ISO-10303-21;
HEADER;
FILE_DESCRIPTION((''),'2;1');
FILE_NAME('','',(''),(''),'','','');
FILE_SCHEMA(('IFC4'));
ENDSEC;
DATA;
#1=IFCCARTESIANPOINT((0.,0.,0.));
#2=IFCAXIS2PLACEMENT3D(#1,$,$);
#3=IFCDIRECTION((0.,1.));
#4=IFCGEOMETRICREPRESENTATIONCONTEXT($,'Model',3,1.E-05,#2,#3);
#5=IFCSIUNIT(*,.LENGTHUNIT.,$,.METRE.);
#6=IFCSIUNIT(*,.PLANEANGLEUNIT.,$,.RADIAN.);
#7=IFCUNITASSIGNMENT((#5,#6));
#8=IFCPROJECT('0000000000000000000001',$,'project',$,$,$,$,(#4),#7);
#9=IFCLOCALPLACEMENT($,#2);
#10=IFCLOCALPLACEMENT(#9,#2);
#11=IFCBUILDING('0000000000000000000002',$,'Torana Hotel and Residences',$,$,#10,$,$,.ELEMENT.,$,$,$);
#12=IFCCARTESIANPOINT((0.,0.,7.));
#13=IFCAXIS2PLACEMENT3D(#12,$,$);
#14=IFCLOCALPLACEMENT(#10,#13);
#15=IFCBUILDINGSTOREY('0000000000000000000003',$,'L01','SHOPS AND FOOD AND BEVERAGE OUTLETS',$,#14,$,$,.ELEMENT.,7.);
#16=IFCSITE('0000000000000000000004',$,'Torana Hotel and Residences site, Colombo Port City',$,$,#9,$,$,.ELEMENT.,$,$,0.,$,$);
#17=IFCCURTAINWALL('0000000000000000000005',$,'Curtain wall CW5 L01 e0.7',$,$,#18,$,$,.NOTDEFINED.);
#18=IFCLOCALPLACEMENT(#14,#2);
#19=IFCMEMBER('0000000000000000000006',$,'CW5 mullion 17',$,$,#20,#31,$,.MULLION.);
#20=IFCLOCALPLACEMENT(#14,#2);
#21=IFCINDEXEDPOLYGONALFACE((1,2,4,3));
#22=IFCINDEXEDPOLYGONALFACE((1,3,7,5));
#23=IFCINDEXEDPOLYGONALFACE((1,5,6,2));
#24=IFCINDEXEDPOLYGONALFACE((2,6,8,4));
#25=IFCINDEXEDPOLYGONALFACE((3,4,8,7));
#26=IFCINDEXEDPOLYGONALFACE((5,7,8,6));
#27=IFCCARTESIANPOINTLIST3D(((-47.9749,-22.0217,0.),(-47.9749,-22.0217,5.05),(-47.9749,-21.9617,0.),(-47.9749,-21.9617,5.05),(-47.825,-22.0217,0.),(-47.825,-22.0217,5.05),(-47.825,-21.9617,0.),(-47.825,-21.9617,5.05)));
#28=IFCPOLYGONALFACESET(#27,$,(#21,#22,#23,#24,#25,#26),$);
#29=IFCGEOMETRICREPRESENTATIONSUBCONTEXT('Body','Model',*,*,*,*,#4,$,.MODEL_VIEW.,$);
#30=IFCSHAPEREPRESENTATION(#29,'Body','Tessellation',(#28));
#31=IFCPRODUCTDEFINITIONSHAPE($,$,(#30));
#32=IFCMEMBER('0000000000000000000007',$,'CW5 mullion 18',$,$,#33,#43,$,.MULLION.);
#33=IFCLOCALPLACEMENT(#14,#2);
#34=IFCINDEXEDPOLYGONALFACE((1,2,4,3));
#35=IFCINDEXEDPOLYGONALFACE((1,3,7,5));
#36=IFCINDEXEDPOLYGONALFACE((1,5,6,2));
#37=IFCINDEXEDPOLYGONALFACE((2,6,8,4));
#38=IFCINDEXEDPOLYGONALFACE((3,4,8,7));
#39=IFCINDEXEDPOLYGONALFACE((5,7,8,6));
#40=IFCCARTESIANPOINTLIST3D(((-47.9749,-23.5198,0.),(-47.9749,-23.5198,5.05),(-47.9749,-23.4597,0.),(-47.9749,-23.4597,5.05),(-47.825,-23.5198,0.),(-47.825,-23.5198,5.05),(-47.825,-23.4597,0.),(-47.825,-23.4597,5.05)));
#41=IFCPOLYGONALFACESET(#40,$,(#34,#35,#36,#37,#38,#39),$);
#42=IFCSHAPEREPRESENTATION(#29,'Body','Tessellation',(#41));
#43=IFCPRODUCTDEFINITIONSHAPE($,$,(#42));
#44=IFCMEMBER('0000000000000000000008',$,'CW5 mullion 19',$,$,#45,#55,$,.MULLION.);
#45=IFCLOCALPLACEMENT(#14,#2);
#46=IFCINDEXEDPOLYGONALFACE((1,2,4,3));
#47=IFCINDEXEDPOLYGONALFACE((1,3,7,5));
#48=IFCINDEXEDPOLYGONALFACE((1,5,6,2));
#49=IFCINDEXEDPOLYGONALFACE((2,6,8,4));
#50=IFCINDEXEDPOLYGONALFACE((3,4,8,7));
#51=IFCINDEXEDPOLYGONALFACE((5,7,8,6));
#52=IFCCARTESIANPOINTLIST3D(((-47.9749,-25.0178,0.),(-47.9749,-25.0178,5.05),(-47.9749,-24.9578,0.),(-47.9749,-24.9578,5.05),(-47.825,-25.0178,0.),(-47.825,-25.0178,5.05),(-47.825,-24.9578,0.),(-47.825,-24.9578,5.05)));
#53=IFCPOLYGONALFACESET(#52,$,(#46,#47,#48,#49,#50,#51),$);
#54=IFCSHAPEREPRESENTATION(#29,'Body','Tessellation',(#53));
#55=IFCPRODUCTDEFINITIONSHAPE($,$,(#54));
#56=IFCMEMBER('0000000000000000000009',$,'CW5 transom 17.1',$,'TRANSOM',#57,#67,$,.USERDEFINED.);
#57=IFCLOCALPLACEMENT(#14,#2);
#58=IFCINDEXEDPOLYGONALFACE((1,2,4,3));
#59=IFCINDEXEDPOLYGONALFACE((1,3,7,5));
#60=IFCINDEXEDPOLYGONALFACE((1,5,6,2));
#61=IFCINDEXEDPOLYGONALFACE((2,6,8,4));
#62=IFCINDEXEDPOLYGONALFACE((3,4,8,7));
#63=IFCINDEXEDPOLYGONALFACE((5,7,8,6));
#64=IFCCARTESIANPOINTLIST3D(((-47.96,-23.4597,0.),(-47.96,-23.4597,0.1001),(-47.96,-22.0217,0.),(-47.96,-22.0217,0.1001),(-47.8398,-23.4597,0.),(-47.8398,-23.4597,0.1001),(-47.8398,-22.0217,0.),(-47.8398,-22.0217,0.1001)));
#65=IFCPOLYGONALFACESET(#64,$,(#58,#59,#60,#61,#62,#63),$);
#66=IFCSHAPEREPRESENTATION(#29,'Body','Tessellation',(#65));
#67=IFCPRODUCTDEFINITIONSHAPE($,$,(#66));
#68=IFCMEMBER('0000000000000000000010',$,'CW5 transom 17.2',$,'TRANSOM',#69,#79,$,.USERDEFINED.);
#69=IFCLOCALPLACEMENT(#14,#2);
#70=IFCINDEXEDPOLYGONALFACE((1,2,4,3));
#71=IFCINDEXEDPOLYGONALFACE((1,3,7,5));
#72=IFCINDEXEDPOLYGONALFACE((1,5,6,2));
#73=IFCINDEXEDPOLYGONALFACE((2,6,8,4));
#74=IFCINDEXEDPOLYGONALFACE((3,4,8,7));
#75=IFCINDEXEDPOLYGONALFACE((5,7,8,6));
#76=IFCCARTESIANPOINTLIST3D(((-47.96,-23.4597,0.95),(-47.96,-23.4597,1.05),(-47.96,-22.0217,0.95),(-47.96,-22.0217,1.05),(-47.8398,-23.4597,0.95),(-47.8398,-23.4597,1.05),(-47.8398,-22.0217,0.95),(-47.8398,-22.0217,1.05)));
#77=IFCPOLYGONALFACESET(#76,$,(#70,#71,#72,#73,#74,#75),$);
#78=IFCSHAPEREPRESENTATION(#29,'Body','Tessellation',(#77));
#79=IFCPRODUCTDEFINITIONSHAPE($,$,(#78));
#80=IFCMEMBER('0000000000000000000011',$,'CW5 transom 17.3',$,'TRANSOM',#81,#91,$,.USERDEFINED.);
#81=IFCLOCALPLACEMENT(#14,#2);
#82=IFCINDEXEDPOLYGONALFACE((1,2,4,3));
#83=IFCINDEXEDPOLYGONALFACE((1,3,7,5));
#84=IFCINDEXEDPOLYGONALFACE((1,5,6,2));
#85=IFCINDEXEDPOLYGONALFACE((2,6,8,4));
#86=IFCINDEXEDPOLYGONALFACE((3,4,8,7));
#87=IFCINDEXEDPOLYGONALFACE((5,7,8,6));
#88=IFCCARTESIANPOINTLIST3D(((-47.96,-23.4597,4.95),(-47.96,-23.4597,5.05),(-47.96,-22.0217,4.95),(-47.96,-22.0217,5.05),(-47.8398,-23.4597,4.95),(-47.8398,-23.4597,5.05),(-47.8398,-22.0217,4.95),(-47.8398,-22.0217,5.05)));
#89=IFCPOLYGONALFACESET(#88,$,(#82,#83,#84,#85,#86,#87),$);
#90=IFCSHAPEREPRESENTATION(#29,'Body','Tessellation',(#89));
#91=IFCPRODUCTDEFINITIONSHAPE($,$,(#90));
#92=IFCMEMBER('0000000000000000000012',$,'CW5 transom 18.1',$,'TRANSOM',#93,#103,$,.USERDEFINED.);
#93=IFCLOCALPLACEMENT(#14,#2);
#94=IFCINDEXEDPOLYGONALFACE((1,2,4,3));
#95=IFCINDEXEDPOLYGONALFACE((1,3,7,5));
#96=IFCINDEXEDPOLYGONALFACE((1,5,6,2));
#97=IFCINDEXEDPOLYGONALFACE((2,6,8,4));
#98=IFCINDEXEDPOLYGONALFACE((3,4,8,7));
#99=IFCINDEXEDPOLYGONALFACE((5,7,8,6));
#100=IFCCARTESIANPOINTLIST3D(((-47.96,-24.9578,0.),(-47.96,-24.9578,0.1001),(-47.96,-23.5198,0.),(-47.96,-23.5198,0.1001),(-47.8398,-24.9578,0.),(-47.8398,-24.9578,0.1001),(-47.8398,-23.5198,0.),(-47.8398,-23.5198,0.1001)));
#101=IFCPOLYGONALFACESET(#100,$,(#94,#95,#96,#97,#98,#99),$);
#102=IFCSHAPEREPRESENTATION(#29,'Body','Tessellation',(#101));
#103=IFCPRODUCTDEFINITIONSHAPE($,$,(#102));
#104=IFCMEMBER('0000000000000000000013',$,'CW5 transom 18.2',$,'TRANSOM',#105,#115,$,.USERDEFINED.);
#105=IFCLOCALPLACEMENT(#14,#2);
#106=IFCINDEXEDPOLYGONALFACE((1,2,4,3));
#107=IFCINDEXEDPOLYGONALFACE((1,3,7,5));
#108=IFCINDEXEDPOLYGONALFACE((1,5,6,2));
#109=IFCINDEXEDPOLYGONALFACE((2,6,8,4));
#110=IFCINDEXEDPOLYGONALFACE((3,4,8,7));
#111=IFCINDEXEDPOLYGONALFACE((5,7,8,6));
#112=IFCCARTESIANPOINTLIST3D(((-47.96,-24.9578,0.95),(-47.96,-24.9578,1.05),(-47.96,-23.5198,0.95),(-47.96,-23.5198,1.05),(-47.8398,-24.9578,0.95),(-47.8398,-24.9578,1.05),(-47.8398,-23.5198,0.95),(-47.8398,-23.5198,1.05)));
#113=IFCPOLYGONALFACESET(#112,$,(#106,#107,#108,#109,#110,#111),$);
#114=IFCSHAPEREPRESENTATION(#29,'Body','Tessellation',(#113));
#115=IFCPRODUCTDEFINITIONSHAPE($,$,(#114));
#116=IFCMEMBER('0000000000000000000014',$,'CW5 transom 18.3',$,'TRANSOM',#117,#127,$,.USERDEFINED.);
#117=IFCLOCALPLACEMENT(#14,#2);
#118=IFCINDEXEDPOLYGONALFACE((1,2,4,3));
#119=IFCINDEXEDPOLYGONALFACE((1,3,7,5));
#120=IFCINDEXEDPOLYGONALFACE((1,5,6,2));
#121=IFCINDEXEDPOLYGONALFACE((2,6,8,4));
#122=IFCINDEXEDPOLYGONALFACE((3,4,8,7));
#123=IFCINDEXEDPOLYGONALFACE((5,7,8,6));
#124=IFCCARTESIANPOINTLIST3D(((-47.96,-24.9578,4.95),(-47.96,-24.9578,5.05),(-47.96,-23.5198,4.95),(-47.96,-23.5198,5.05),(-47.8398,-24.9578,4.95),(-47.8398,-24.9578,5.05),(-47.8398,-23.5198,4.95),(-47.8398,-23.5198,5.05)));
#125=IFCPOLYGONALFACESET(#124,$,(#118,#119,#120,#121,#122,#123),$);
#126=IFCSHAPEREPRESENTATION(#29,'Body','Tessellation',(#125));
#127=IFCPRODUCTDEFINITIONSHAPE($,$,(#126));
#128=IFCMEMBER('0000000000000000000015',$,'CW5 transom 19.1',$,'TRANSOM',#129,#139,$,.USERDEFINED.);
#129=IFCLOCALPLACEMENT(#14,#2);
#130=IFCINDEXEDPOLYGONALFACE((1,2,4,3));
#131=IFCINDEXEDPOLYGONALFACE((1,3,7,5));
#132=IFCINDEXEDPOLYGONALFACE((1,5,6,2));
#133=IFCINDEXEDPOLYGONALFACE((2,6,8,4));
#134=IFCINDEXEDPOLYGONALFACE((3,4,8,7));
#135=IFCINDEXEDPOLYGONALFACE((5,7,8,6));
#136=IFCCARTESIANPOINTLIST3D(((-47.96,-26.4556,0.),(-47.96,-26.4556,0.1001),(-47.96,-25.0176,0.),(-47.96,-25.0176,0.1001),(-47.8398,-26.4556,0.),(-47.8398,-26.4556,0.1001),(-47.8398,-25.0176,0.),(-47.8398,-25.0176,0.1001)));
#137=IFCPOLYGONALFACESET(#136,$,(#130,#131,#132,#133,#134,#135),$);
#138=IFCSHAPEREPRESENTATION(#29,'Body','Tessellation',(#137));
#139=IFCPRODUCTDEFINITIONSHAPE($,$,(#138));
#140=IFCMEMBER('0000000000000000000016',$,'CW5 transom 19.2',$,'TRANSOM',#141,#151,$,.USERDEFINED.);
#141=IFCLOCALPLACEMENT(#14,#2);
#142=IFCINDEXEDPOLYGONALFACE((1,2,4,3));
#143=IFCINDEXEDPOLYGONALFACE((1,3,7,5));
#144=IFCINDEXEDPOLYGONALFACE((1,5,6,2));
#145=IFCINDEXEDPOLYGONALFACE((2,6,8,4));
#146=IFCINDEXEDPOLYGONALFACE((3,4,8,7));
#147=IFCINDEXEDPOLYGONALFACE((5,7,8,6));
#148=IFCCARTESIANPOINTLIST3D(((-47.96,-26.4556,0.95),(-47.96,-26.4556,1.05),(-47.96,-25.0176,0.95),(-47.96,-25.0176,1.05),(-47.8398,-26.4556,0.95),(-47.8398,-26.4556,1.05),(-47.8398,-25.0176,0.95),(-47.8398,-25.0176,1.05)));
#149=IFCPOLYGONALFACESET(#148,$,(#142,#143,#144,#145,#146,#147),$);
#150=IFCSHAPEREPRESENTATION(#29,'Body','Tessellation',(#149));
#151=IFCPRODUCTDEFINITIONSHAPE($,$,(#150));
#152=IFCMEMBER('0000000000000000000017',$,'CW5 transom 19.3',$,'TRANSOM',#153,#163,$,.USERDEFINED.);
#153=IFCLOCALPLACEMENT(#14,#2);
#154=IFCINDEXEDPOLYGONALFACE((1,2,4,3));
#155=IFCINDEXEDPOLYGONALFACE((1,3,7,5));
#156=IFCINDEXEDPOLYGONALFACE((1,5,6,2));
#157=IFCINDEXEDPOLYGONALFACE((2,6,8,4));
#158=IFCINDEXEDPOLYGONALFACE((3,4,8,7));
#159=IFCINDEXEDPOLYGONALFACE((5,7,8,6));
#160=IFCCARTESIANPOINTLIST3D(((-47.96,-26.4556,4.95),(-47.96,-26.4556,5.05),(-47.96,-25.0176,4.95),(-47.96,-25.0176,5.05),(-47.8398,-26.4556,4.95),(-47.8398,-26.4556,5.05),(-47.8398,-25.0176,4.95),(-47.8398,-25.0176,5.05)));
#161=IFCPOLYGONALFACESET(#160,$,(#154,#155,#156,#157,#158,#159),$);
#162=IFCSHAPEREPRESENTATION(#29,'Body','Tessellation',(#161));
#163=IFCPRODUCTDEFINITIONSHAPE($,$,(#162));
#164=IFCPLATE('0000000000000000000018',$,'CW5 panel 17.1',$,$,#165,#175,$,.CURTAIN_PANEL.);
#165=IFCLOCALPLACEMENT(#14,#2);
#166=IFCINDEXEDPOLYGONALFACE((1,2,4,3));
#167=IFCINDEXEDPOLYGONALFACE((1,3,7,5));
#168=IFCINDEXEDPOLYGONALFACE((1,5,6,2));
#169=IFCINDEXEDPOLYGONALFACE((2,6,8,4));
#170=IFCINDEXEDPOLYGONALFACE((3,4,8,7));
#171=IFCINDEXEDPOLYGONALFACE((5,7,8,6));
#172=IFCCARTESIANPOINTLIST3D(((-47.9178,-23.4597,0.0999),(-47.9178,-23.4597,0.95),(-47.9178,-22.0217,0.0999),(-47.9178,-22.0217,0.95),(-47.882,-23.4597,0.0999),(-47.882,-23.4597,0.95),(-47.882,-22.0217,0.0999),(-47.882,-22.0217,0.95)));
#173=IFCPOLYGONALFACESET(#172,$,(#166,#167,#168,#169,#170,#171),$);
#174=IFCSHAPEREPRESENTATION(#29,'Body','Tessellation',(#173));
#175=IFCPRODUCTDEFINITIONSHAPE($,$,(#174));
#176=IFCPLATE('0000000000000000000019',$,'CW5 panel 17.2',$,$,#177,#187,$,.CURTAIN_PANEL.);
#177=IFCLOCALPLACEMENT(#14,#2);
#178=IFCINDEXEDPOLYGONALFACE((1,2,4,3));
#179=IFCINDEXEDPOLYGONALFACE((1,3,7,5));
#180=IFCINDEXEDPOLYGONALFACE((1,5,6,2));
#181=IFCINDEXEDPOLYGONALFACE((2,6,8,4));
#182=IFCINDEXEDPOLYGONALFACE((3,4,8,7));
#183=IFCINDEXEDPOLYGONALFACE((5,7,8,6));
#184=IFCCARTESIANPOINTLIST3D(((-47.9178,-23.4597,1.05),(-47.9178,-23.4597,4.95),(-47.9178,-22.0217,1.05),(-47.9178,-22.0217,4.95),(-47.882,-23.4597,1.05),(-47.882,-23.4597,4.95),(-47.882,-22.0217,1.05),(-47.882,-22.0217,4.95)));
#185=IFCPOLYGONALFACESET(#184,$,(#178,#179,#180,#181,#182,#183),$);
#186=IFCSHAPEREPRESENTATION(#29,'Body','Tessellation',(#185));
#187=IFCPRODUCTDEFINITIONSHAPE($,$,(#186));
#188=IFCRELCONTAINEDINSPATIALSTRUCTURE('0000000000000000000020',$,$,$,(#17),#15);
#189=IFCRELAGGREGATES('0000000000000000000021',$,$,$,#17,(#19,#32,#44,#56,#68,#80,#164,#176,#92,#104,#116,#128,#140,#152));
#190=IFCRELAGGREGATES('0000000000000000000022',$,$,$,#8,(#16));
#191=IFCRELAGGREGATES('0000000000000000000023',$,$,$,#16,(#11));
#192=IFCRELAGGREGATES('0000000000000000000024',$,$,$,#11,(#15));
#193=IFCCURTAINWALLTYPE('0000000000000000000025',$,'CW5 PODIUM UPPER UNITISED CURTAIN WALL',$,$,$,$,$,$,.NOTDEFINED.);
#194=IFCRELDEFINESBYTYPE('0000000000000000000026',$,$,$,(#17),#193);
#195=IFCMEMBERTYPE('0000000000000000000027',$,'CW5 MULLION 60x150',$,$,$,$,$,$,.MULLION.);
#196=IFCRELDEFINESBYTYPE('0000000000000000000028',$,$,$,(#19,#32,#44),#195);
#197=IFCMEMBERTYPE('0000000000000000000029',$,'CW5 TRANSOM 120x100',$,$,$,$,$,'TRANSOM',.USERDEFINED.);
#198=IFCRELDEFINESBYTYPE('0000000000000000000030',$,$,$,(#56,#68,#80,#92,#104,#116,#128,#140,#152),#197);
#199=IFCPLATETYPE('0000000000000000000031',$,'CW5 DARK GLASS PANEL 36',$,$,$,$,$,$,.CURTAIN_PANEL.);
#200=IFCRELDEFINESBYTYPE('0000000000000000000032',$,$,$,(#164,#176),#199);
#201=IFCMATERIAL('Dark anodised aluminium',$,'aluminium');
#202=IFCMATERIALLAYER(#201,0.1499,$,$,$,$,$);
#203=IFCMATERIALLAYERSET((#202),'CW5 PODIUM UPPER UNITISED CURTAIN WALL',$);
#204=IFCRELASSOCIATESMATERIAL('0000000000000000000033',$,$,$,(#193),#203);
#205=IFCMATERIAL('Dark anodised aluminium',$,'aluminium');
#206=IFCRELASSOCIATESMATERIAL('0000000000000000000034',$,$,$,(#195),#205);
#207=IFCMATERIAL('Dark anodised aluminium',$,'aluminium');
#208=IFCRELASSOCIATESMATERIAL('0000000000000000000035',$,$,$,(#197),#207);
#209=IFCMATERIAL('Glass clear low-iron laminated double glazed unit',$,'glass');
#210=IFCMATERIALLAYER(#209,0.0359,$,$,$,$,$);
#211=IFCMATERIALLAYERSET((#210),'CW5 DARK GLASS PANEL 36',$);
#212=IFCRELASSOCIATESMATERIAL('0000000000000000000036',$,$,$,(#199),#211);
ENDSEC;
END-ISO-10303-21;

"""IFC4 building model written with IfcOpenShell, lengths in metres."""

from ifc_helpers import new_model, si_unit, direction, frame, origin, origin_2d, place, context, subcontext, project, spatial, rectangle, extrude, material, layer, layer_set, material_profile, profile_set, type_object, element, aggregate, save


model = new_model("IFC4")

# Units and contexts
model_context = context("Model", 3, precision=1e-05, world=origin(), true_north=direction((0.0, 1.0)))
body_context = subcontext(model_context, "Body", "Model", "MODEL_VIEW")
ifc_project = project(units=[si_unit("LENGTHUNIT", "METRE"), si_unit("PLANEANGLEUNIT", "RADIAN")], contexts=[model_context])

# Site, building, storey
site_placement = place(None, origin())
site = spatial("IfcSite", under=ifc_project, at=site_placement, Name="Torana Hotel and Residences site, Colombo Port City", CompositionType="ELEMENT", RefElevation=0.0)
building_placement = place(site_placement, origin())
building = spatial("IfcBuilding", under=site, at=building_placement, Name="Torana Hotel and Residences", CompositionType="ELEMENT")
storey_placement = place(building_placement, frame((0.0, 0.0, 7.0)))
storey = spatial("IfcBuildingStorey", under=building, at=storey_placement, Name="L01", Description="SHOPS AND FOOD AND BEVERAGE OUTLETS", CompositionType="ELEMENT", Elevation=7.0)

# Curtain wall, members, plates
ifc_material_1 = material(Name="Dark anodised aluminium", Category="aluminium")
ifc_layer_1 = layer(ifc_material_1, 0.1499)
ifc_layer_set_1 = layer_set([ifc_layer_1], Name="CW5 PODIUM UPPER UNITISED CURTAIN WALL")
curtain_wall_type = type_object("IfcCurtainWallType", Name="CW5 PODIUM UPPER UNITISED CURTAIN WALL", PredefinedType="NOTDEFINED", material=ifc_layer_set_1)
curtain_wall_placement = place(storey_placement, origin())
curtain_wall = element("IfcCurtainWall", 1, at=curtain_wall_placement, inside=storey, type_object=curtain_wall_type, Name="Curtain wall CW5 L01 e0.7", PredefinedType="NOTDEFINED")
ifc_material_2 = material(Name="Dark anodised aluminium", Category="aluminium")
ifc_material_profile_1 = material_profile(ifc_material_2, rectangle(XDim=0.1499, YDim=0.0601, at=origin_2d()), Name="CW5 MULLION 60x150")
ifc_profile_set_1 = profile_set([ifc_material_profile_1], Name="Dark anodised aluminium")
member_type_1 = type_object("IfcMemberType", Name="CW5 MULLION 60x150", PredefinedType="MULLION", material=ifc_profile_set_1)
member_1_placement = place(storey_placement, frame((-47.8999, -21.9917, 0.0), z_axis=(0.0, 0.0, 1.0), x_axis=(1.0, 0.0, 0.0)))
member_1 = element("IfcMember", 2, at=member_1_placement, type_object=member_type_1, Name="CW5 mullion 17", PredefinedType="MULLION", context=body_context, shape_type="SweptSolid", body=[
    extrude(rectangle(XDim=0.1499, YDim=0.0601, at=origin_2d()), origin(), (0.0, 0.0, 1.0), 5.05),
])
member_2_placement = place(storey_placement, frame((-47.8999, -23.4897, 0.0), z_axis=(0.0, 0.0, 1.0), x_axis=(1.0, 0.0, 0.0)))
member_2 = element("IfcMember", 3, at=member_2_placement, type_object=member_type_1, Name="CW5 mullion 18", PredefinedType="MULLION", context=body_context, shape_type="SweptSolid", body=[
    extrude(rectangle(XDim=0.1499, YDim=0.0601, at=origin_2d()), origin(), (0.0, 0.0, 1.0), 5.05),
])
member_3_placement = place(storey_placement, frame((-47.8999, -24.9878, 0.0), z_axis=(0.0, 0.0, 1.0), x_axis=(1.0, 0.0, 0.0)))
member_3 = element("IfcMember", 4, at=member_3_placement, type_object=member_type_1, Name="CW5 mullion 19", PredefinedType="MULLION", context=body_context, shape_type="SweptSolid", body=[
    extrude(rectangle(XDim=0.1499, YDim=0.0601, at=origin_2d()), origin(), (0.0, 0.0, 1.0), 5.05),
])
ifc_material_3 = material(Name="Dark anodised aluminium", Category="aluminium")
ifc_material_profile_2 = material_profile(ifc_material_3, rectangle(XDim=0.1201, YDim=0.1001, at=origin_2d()), Name="CW5 TRANSOM 120x100")
ifc_profile_set_2 = profile_set([ifc_material_profile_2], Name="Dark anodised aluminium")
member_type_2 = type_object("IfcMemberType", Name="CW5 TRANSOM 120x100", ElementType="TRANSOM", PredefinedType="USERDEFINED", material=ifc_profile_set_2)
member_4_placement = place(storey_placement, frame((-47.8999, -22.0217, 0.05), z_axis=(0.0, -1.0, 0.0), x_axis=(1.0, 0.0, 0.0)))
member_4 = element("IfcMember", 5, at=member_4_placement, type_object=member_type_2, Name="CW5 transom 17.1", ObjectType="TRANSOM", PredefinedType="USERDEFINED", context=body_context, shape_type="SweptSolid", body=[
    extrude(rectangle(XDim=0.1201, YDim=0.1001, at=origin_2d()), origin(), (0.0, 0.0, 1.0), 1.438),
])
member_5_placement = place(storey_placement, frame((-47.8999, -22.0217, 1.0), z_axis=(0.0, -1.0, 0.0), x_axis=(1.0, 0.0, 0.0)))
member_5 = element("IfcMember", 6, at=member_5_placement, type_object=member_type_2, Name="CW5 transom 17.2", ObjectType="TRANSOM", PredefinedType="USERDEFINED", context=body_context, shape_type="SweptSolid", body=[
    extrude(rectangle(XDim=0.1201, YDim=0.1001, at=origin_2d()), origin(), (0.0, 0.0, 1.0), 1.438),
])
member_6_placement = place(storey_placement, frame((-47.8999, -22.0217, 5.0), z_axis=(0.0, -1.0, 0.0), x_axis=(1.0, 0.0, 0.0)))
member_6 = element("IfcMember", 7, at=member_6_placement, type_object=member_type_2, Name="CW5 transom 17.3", ObjectType="TRANSOM", PredefinedType="USERDEFINED", context=body_context, shape_type="SweptSolid", body=[
    extrude(rectangle(XDim=0.1201, YDim=0.1001, at=origin_2d()), origin(), (0.0, 0.0, 1.0), 1.438),
])
member_7_placement = place(storey_placement, frame((-47.8999, -23.5198, 0.05), z_axis=(0.0, -1.0, 0.0), x_axis=(1.0, 0.0, 0.0)))
member_7 = element("IfcMember", 8, at=member_7_placement, type_object=member_type_2, Name="CW5 transom 18.1", ObjectType="TRANSOM", PredefinedType="USERDEFINED", context=body_context, shape_type="SweptSolid", body=[
    extrude(rectangle(XDim=0.1201, YDim=0.1001, at=origin_2d()), origin(), (0.0, 0.0, 1.0), 1.438),
])
member_8_placement = place(storey_placement, frame((-47.8999, -23.5198, 1.0), z_axis=(0.0, -1.0, 0.0), x_axis=(1.0, 0.0, 0.0)))
member_8 = element("IfcMember", 9, at=member_8_placement, type_object=member_type_2, Name="CW5 transom 18.2", ObjectType="TRANSOM", PredefinedType="USERDEFINED", context=body_context, shape_type="SweptSolid", body=[
    extrude(rectangle(XDim=0.1201, YDim=0.1001, at=origin_2d()), origin(), (0.0, 0.0, 1.0), 1.438),
])
member_9_placement = place(storey_placement, frame((-47.8999, -23.5198, 5.0), z_axis=(0.0, -1.0, 0.0), x_axis=(1.0, 0.0, 0.0)))
member_9 = element("IfcMember", 10, at=member_9_placement, type_object=member_type_2, Name="CW5 transom 18.3", ObjectType="TRANSOM", PredefinedType="USERDEFINED", context=body_context, shape_type="SweptSolid", body=[
    extrude(rectangle(XDim=0.1201, YDim=0.1001, at=origin_2d()), origin(), (0.0, 0.0, 1.0), 1.438),
])
member_10_placement = place(storey_placement, frame((-47.8999, -25.0176, 0.05), z_axis=(0.0, -1.0, 0.0), x_axis=(1.0, 0.0, 0.0)))
member_10 = element("IfcMember", 11, at=member_10_placement, type_object=member_type_2, Name="CW5 transom 19.1", ObjectType="TRANSOM", PredefinedType="USERDEFINED", context=body_context, shape_type="SweptSolid", body=[
    extrude(rectangle(XDim=0.1201, YDim=0.1001, at=origin_2d()), origin(), (0.0, 0.0, 1.0), 1.438),
])
member_11_placement = place(storey_placement, frame((-47.8999, -25.0176, 1.0), z_axis=(0.0, -1.0, 0.0), x_axis=(1.0, 0.0, 0.0)))
member_11 = element("IfcMember", 12, at=member_11_placement, type_object=member_type_2, Name="CW5 transom 19.2", ObjectType="TRANSOM", PredefinedType="USERDEFINED", context=body_context, shape_type="SweptSolid", body=[
    extrude(rectangle(XDim=0.1201, YDim=0.1001, at=origin_2d()), origin(), (0.0, 0.0, 1.0), 1.438),
])
member_12_placement = place(storey_placement, frame((-47.8999, -25.0176, 5.0), z_axis=(0.0, -1.0, 0.0), x_axis=(1.0, 0.0, 0.0)))
member_12 = element("IfcMember", 13, at=member_12_placement, type_object=member_type_2, Name="CW5 transom 19.3", ObjectType="TRANSOM", PredefinedType="USERDEFINED", context=body_context, shape_type="SweptSolid", body=[
    extrude(rectangle(XDim=0.1201, YDim=0.1001, at=origin_2d()), origin(), (0.0, 0.0, 1.0), 1.438),
])
ifc_material_4 = material(Name="Glass clear low-iron laminated double glazed unit", Category="glass")
ifc_layer_2 = layer(ifc_material_4, 0.0359)
ifc_layer_set_2 = layer_set([ifc_layer_2], Name="CW5 DARK GLASS PANEL 36")
plate_type = type_object("IfcPlateType", Name="CW5 DARK GLASS PANEL 36", PredefinedType="CURTAIN_PANEL", material=ifc_layer_set_2)
plate_1_placement = place(storey_placement, frame((-47.8999, -22.7407, 0.0999), z_axis=(0.0, 0.0, 1.0), x_axis=(0.0, -1.0, 0.0)))
plate_1 = element("IfcPlate", 14, at=plate_1_placement, type_object=plate_type, Name="CW5 panel 17.1", PredefinedType="CURTAIN_PANEL", context=body_context, shape_type="SweptSolid", body=[
    extrude(rectangle(XDim=1.438, YDim=0.0359, at=origin_2d()), origin(), (0.0, 0.0, 1.0), 0.8501),
])
plate_2_placement = place(storey_placement, frame((-47.8999, -22.7407, 1.05), z_axis=(0.0, 0.0, 1.0), x_axis=(0.0, -1.0, 0.0)))
plate_2 = element("IfcPlate", 15, at=plate_2_placement, type_object=plate_type, Name="CW5 panel 17.2", PredefinedType="CURTAIN_PANEL", context=body_context, shape_type="SweptSolid", body=[
    extrude(rectangle(XDim=1.438, YDim=0.0359, at=origin_2d()), origin(), (0.0, 0.0, 1.0), 3.8999),
])
aggregate(curtain_wall, [member_1, member_2, member_3, member_4, member_5, member_6, plate_1, plate_2, member_7, member_8, member_9, member_10, member_11, member_12])

save(model, "model.ifc")
